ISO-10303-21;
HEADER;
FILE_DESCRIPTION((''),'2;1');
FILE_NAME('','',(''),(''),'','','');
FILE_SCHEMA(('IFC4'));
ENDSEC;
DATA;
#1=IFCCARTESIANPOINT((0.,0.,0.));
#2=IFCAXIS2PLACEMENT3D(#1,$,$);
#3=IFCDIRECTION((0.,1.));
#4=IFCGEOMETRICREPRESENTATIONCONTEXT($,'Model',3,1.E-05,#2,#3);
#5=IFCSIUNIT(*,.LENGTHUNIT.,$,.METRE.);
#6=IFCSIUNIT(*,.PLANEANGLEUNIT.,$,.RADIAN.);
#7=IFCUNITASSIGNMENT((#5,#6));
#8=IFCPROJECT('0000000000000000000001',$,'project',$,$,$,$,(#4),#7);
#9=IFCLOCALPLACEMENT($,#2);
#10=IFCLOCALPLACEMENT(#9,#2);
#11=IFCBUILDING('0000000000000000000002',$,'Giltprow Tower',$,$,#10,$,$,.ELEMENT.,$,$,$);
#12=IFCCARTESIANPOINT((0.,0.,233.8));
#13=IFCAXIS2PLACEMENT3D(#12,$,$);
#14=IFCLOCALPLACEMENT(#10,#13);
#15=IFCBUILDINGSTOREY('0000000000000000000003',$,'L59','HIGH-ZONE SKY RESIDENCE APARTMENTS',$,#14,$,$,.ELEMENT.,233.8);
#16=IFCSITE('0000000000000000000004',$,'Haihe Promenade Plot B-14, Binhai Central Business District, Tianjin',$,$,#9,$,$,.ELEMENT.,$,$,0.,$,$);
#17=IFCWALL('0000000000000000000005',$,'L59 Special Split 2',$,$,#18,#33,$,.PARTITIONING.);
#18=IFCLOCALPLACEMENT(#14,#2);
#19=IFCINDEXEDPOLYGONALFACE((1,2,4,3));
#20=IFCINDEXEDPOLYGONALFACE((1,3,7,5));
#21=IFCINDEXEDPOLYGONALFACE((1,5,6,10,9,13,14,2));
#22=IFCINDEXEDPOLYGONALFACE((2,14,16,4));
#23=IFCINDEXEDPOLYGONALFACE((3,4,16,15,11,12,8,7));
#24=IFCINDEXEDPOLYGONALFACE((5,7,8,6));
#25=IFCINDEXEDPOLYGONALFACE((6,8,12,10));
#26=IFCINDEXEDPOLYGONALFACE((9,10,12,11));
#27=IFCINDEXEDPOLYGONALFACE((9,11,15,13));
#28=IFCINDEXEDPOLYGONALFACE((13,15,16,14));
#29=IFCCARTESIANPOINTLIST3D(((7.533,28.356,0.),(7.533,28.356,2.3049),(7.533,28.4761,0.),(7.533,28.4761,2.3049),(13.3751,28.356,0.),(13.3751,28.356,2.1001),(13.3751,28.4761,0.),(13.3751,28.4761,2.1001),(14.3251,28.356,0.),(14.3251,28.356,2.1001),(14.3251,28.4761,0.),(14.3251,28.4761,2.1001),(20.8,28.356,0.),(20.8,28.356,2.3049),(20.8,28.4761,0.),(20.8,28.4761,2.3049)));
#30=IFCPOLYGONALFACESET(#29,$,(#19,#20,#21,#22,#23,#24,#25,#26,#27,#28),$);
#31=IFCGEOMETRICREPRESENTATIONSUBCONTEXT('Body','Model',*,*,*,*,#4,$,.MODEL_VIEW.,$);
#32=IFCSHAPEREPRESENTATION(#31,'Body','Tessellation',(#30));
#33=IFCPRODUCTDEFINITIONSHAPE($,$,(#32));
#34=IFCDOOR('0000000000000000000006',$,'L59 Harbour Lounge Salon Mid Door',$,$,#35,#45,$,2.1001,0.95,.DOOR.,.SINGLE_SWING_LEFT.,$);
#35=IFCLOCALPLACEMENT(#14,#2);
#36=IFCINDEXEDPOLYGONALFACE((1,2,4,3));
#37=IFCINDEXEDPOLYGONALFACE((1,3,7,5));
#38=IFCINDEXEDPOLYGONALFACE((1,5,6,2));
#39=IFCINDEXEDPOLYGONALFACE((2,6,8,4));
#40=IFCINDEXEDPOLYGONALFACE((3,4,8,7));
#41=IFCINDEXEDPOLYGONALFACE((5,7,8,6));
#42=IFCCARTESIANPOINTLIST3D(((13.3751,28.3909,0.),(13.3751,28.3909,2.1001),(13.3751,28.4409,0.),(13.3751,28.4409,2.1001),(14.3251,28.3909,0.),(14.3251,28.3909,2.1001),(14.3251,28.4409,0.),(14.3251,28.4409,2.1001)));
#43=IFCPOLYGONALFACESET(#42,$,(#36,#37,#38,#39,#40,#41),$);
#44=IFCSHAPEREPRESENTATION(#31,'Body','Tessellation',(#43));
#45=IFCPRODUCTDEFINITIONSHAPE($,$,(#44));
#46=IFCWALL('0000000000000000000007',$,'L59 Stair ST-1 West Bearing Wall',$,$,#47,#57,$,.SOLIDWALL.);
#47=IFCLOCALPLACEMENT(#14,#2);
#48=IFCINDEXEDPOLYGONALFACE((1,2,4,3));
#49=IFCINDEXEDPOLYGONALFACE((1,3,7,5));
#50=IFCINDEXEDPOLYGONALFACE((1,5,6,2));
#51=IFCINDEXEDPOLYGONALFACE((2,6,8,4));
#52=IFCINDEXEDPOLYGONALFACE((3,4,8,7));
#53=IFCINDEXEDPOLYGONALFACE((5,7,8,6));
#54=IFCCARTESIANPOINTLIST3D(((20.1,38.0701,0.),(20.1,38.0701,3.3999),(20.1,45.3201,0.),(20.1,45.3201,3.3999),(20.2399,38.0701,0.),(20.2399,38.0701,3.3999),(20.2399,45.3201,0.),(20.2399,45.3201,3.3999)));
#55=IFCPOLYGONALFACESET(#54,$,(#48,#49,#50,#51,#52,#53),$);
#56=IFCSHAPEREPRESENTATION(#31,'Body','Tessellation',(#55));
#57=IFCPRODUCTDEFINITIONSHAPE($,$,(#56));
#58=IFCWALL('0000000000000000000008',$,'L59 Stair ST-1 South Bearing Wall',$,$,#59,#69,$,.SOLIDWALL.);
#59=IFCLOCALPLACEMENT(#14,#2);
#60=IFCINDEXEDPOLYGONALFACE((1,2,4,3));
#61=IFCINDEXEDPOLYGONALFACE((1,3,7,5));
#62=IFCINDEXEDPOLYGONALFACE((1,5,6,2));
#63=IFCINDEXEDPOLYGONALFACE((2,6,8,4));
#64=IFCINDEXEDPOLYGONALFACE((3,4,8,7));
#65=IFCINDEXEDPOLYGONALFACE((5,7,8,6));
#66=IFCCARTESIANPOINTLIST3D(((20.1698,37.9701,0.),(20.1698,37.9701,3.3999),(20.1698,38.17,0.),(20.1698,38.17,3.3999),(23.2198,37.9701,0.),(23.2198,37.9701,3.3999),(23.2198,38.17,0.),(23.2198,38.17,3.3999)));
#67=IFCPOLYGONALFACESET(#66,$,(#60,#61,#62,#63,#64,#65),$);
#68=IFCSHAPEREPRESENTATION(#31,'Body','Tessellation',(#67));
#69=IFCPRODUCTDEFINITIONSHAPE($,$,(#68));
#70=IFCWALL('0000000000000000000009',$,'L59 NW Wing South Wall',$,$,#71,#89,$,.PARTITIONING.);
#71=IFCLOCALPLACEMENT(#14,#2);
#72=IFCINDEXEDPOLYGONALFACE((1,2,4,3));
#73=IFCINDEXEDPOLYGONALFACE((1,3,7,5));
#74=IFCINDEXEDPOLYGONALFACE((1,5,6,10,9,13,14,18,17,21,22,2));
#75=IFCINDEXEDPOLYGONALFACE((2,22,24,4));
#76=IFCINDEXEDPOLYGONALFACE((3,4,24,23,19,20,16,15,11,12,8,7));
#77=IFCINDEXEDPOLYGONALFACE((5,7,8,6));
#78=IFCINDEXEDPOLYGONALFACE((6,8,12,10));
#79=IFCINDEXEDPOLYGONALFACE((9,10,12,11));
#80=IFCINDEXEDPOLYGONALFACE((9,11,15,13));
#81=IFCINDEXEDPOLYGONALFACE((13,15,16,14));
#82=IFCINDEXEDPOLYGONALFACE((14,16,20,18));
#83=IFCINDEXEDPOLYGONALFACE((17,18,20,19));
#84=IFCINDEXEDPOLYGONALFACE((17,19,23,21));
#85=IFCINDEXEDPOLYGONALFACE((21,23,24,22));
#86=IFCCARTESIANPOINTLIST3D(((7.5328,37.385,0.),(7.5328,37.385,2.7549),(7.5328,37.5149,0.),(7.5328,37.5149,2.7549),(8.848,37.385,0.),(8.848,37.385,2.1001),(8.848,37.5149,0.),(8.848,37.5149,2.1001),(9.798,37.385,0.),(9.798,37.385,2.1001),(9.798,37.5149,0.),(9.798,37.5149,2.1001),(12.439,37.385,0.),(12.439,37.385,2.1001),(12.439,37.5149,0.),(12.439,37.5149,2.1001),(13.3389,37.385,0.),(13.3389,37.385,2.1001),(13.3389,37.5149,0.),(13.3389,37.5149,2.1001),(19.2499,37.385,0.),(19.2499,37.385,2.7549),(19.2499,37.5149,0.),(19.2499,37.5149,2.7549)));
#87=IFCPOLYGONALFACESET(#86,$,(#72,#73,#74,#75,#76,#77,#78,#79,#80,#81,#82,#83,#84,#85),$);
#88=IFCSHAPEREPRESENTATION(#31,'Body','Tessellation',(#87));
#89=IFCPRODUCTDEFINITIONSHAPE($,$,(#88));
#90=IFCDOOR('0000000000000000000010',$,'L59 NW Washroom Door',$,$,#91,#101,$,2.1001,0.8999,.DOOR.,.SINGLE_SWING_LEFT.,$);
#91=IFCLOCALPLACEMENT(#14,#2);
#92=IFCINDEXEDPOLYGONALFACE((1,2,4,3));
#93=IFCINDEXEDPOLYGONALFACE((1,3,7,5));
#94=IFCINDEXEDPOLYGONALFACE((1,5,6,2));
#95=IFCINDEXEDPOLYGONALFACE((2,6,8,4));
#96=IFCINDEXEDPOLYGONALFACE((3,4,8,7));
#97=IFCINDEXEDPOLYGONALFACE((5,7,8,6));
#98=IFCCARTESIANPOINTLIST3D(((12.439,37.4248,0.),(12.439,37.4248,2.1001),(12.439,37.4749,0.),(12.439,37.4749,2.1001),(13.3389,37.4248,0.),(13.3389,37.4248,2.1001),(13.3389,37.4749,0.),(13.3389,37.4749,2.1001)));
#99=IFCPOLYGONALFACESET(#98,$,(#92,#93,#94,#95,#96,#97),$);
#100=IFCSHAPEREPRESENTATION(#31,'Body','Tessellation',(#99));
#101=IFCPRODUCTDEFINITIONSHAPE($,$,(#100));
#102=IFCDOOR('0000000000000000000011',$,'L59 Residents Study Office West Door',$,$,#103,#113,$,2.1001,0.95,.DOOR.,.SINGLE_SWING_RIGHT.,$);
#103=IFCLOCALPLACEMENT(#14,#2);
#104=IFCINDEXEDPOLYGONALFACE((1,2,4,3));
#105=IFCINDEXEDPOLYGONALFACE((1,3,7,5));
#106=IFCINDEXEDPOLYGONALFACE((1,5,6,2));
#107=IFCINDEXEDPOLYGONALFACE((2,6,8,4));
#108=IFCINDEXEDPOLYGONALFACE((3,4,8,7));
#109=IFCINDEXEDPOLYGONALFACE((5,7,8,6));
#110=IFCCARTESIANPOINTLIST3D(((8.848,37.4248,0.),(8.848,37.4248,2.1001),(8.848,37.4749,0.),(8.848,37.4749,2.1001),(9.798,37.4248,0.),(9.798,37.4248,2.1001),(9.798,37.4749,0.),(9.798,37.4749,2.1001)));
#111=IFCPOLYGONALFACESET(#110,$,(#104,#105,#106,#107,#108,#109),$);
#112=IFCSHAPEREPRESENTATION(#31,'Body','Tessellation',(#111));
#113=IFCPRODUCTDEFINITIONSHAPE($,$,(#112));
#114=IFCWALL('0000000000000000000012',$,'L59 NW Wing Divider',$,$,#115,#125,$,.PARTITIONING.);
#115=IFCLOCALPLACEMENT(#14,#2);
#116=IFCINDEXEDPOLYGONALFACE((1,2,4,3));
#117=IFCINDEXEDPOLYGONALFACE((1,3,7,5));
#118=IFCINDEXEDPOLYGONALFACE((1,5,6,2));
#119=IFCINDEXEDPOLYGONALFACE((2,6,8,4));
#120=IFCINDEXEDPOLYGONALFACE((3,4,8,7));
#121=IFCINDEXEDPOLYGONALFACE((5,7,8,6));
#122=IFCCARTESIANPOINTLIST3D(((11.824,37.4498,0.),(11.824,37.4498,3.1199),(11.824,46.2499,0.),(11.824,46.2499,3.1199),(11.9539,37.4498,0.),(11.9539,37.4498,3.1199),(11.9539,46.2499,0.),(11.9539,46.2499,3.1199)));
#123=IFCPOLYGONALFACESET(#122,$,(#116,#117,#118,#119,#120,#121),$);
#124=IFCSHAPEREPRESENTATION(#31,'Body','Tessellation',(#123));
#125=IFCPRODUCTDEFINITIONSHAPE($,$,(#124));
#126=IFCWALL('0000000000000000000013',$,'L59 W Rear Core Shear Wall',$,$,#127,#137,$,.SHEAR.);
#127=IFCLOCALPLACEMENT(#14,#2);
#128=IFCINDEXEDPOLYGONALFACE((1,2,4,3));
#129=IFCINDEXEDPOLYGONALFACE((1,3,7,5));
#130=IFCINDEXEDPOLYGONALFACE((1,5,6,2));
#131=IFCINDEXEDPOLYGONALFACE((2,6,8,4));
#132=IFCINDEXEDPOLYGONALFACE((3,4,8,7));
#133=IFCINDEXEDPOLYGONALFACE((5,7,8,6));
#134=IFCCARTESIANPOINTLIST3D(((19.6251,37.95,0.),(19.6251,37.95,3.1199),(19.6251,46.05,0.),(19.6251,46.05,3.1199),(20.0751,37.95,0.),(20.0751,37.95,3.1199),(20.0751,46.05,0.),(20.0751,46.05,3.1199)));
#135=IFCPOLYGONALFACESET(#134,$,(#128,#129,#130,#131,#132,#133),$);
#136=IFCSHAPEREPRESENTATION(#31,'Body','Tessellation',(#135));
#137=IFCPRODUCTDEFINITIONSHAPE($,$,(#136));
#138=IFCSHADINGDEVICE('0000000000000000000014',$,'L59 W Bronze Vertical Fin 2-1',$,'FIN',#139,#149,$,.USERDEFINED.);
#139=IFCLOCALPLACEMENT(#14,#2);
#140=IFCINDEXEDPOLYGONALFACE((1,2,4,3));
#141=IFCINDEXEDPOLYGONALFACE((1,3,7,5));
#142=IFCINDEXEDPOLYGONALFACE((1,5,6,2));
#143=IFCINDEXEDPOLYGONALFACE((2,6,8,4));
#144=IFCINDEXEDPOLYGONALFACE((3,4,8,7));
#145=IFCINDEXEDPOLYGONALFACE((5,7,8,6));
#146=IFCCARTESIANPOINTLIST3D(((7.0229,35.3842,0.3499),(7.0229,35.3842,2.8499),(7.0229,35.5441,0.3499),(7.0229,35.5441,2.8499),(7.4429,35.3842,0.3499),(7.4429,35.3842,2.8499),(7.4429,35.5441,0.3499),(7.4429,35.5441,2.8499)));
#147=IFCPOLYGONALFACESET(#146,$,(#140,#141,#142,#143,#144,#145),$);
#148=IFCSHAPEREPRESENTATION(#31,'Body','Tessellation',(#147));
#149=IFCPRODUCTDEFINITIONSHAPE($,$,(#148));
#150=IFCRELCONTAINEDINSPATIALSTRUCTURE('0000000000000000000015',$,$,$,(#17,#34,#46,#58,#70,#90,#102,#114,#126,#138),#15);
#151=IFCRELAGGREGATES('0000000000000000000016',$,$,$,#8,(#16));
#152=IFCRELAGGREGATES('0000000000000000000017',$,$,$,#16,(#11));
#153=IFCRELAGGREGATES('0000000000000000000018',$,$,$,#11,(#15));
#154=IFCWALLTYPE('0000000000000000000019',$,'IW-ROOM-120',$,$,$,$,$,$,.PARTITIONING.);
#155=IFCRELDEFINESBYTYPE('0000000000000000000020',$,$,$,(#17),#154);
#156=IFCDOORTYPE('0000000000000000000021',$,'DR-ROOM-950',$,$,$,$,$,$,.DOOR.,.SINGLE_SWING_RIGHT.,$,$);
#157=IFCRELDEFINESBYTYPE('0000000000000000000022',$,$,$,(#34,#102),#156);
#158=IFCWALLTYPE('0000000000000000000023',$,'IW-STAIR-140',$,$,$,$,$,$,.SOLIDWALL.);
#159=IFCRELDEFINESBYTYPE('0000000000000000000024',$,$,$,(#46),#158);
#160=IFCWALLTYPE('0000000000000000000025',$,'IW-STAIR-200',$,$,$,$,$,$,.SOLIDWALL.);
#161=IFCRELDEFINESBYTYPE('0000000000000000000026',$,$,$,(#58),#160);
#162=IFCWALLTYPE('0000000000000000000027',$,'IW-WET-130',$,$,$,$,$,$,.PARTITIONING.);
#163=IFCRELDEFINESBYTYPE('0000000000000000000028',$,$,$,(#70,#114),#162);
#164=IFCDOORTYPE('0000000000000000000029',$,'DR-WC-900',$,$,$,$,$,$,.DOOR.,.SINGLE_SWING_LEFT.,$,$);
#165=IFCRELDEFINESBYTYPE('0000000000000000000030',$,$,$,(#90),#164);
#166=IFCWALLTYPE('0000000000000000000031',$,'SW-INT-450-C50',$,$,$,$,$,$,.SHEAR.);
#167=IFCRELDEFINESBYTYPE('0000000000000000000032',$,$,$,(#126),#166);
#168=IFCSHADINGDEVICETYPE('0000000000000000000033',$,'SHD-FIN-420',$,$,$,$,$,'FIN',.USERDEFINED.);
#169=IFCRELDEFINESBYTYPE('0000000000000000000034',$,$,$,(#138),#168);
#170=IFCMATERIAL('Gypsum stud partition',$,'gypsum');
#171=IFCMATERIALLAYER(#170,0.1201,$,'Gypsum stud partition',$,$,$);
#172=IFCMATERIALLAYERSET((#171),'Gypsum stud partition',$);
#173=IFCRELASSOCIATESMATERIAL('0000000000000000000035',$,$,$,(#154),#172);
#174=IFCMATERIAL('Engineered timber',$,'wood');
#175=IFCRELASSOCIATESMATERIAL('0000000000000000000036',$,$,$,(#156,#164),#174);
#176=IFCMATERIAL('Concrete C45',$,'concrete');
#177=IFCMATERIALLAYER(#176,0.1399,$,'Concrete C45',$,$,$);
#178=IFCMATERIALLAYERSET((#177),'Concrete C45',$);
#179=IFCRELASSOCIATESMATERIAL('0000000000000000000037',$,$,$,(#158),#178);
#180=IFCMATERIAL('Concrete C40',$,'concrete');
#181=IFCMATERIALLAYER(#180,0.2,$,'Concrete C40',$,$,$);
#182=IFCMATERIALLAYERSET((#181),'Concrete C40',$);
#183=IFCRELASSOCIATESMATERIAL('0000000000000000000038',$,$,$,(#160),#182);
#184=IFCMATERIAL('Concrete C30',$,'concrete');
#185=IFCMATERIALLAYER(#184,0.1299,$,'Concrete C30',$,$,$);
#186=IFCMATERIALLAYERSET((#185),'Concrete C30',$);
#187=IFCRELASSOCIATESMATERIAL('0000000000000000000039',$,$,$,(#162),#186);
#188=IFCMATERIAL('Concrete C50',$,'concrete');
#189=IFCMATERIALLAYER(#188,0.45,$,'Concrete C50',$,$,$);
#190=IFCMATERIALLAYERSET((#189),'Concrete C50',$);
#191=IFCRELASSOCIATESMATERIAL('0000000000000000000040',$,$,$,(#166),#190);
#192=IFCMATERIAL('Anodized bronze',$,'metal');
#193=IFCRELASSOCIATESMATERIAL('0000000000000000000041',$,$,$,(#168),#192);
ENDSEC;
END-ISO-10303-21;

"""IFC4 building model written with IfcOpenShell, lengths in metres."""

from ifc_helpers import new_model, si_unit, direction, frame, frame_2d, origin, origin_2d, place, context, subcontext, project, spatial, rectangle, extrude, source, transform, mapped, material, layer, layer_set, type_object, element, fill, save


model = new_model("IFC4")

# Units and contexts
model_context = context("Model", 3, precision=1e-05, world=origin(), true_north=direction((0.0, 1.0)))
body_context = subcontext(model_context, "Body", "Model", "MODEL_VIEW")
ifc_project = project(units=[si_unit("LENGTHUNIT", "METRE"), si_unit("PLANEANGLEUNIT", "RADIAN")], contexts=[model_context])

# Site, building, storey
site_placement = place(None, origin())
site = spatial("IfcSite", under=ifc_project, at=site_placement, Name="Haihe Promenade Plot B-14, Binhai Central Business District, Tianjin", CompositionType="ELEMENT", RefElevation=0.0)
building_placement = place(site_placement, origin())
building = spatial("IfcBuilding", under=site, at=building_placement, Name="Giltprow Tower", CompositionType="ELEMENT")
storey_placement = place(building_placement, frame((0.0, 0.0, 233.8)))
storey = spatial("IfcBuildingStorey", under=building, at=storey_placement, Name="L59", Description="HIGH-ZONE SKY RESIDENCE APARTMENTS", CompositionType="ELEMENT", Elevation=233.8)

# Shared definitions
ifc_material_1 = material(Name="Concrete C50", Category="concrete")

# Shared definitions
ifc_material_2 = material(Name="Gypsum stud partition", Category="gypsum")
ifc_material_3 = material(Name="Engineered timber", Category="wood")

# Wall, opening, door
ifc_layer_1 = layer(ifc_material_2, 0.1201, Name="Gypsum stud partition")
ifc_layer_set_1 = layer_set([ifc_layer_1], Name="Gypsum stud partition")
wall_type_1 = type_object("IfcWallType", Name="IW-ROOM-120", PredefinedType="PARTITIONING", material=ifc_layer_set_1)
wall_1_placement = place(storey_placement, frame((7.533, 28.416, 0.0), z_axis=(0.0, 0.0, 1.0), x_axis=(1.0, 0.0, 0.0)))
wall_1 = element("IfcWall", 1, at=wall_1_placement, inside=storey, type_object=wall_type_1, Name="L59 Special Split 2", PredefinedType="PARTITIONING", context=body_context, shape_type="SweptSolid", body=[
    extrude(rectangle(XDim=13.2671, YDim=0.1201, at=frame_2d((6.6335, 0.0))), origin(), (0.0, 0.0, 1.0), 2.3049),
])
opening_1_placement = place(wall_1_placement, frame((5.842, 0.0, 0.0)))
opening_1 = element("IfcOpeningElement", 2, at=opening_1_placement, cuts=wall_1, PredefinedType="OPENING", context=body_context, shape_type="SweptSolid", body=[
    extrude(rectangle(XDim=0.95, YDim=2.1001, at=frame_2d((0.4751, 1.05))), frame((0.0, 0.0701, 0.0), z_axis=(0.0, -1.0, 0.0), x_axis=(1.0, 0.0, 0.0)), (0.0, 0.0, 1.0), 0.1401),
])
door_type_1 = type_object("IfcDoorType", Name="DR-ROOM-950", OperationType="SINGLE_SWING_RIGHT", PredefinedType="DOOR", material=ifc_material_3)
shared_shape_1 = source(origin(), body_context, "Body", "SweptSolid", [
    extrude(rectangle(XDim=0.95, YDim=2.1001, at=frame_2d((0.4751, 1.05))), frame((0.0, 0.0249, 0.0), z_axis=(0.0, -1.0, 0.0), x_axis=(1.0, 0.0, 0.0)), (0.0, 0.0, 1.0), 0.05),
])
door_1_placement = place(opening_1_placement, origin())
door_1 = element("IfcDoor", 3, at=door_1_placement, inside=storey, type_object=door_type_1, Name="L59 Harbour Lounge Salon Mid Door", OperationType="SINGLE_SWING_LEFT", OverallHeight=2.1001, OverallWidth=0.95, PredefinedType="DOOR", context=body_context, shape_type="MappedRepresentation", body=[
    mapped(shared_shape_1, transform((0.0, 0.0, 0.0), x_axis=(1.0, 0.0, 0.0), y_axis=(0.0, 1.0, 0.0), z_axis=(0.0, 0.0, 1.0), scale=1.0)),
])
fill(opening_1, door_1)

# Walls
ifc_material_4 = material(Name="Concrete C45", Category="concrete")
ifc_layer_2 = layer(ifc_material_4, 0.1399, Name="Concrete C45")
ifc_layer_set_2 = layer_set([ifc_layer_2], Name="Concrete C45")
wall_type_2 = type_object("IfcWallType", Name="IW-STAIR-140", PredefinedType="SOLIDWALL", material=ifc_layer_set_2)
wall_2_placement = place(storey_placement, frame((20.1699, 38.0701, 0.0), z_axis=(0.0, 0.0, 1.0), x_axis=(0.0, 1.0, 0.0)))
element("IfcWall", 4, at=wall_2_placement, inside=storey, type_object=wall_type_2, Name="L59 Stair ST-1 West Bearing Wall", PredefinedType="SOLIDWALL", context=body_context, shape_type="SweptSolid", body=[
    extrude(rectangle(XDim=7.25, YDim=0.1399, at=frame_2d((3.625, 0.0))), origin(), (0.0, 0.0, 1.0), 3.3999),
])
ifc_material_5 = material(Name="Concrete C40", Category="concrete")
ifc_layer_3 = layer(ifc_material_5, 0.2, Name="Concrete C40")
ifc_layer_set_3 = layer_set([ifc_layer_3], Name="Concrete C40")
wall_type_3 = type_object("IfcWallType", Name="IW-STAIR-200", PredefinedType="SOLIDWALL", material=ifc_layer_set_3)
wall_3_placement = place(storey_placement, frame((20.1699, 38.0701, 0.0), z_axis=(0.0, 0.0, 1.0), x_axis=(1.0, 0.0, 0.0)))
element("IfcWall", 5, at=wall_3_placement, inside=storey, type_object=wall_type_3, Name="L59 Stair ST-1 South Bearing Wall", PredefinedType="SOLIDWALL", context=body_context, shape_type="SweptSolid", body=[
    extrude(rectangle(XDim=3.05, YDim=0.2, at=frame_2d((1.5249, 0.0))), origin(), (0.0, 0.0, 1.0), 3.3999),
])

# Wall, openings, doors
ifc_material_6 = material(Name="Concrete C30", Category="concrete")
ifc_layer_4 = layer(ifc_material_6, 0.1299, Name="Concrete C30")
ifc_layer_set_4 = layer_set([ifc_layer_4], Name="Concrete C30")
wall_type_4 = type_object("IfcWallType", Name="IW-WET-130", PredefinedType="PARTITIONING", material=ifc_layer_set_4)
wall_4_placement = place(storey_placement, frame((7.533, 37.45, 0.0), z_axis=(0.0, 0.0, 1.0), x_axis=(1.0, 0.0, 0.0)))
wall_4 = element("IfcWall", 6, at=wall_4_placement, inside=storey, type_object=wall_type_4, Name="L59 NW Wing South Wall", PredefinedType="PARTITIONING", context=body_context, shape_type="SweptSolid", body=[
    extrude(rectangle(XDim=11.717, YDim=0.1299, at=frame_2d((5.8584, 0.0))), origin(), (0.0, 0.0, 1.0), 2.7549),
])
opening_2_placement = place(wall_4_placement, frame((1.3149, 0.0, 0.0)))
opening_2 = element("IfcOpeningElement", 7, at=opening_2_placement, cuts=wall_4, PredefinedType="OPENING", context=body_context, shape_type="SweptSolid", body=[
    extrude(rectangle(XDim=0.95, YDim=2.1001, at=frame_2d((0.4751, 1.05))), frame((0.0, 0.075, 0.0), z_axis=(0.0, -1.0, 0.0), x_axis=(1.0, 0.0, 0.0)), (0.0, 0.0, 1.0), 0.1499),
])
opening_3_placement = place(wall_4_placement, frame((4.906, 0.0, 0.0)))
opening_3 = element("IfcOpeningElement", 8, at=opening_3_placement, cuts=wall_4, PredefinedType="OPENING", context=body_context, shape_type="SweptSolid", body=[
    extrude(rectangle(XDim=0.8999, YDim=2.1001, at=frame_2d((0.45, 1.05))), frame((0.0, 0.075, 0.0), z_axis=(0.0, -1.0, 0.0), x_axis=(1.0, 0.0, 0.0)), (0.0, 0.0, 1.0), 0.1499),
])
door_type_2 = type_object("IfcDoorType", Name="DR-WC-900", OperationType="SINGLE_SWING_LEFT", PredefinedType="DOOR", material=ifc_material_3)
shared_shape_2 = source(origin(), body_context, "Body", "SweptSolid", [
    extrude(rectangle(XDim=0.8999, YDim=2.1001, at=frame_2d((0.45, 1.05))), frame((0.0, 0.0249, 0.0), z_axis=(0.0, -1.0, 0.0), x_axis=(1.0, 0.0, 0.0)), (0.0, 0.0, 1.0), 0.05),
])
door_2_placement = place(opening_3_placement, origin())
door_2 = element("IfcDoor", 9, at=door_2_placement, inside=storey, type_object=door_type_2, Name="L59 NW Washroom Door", OperationType="SINGLE_SWING_LEFT", OverallHeight=2.1001, OverallWidth=0.8999, PredefinedType="DOOR", context=body_context, shape_type="MappedRepresentation", body=[
    mapped(shared_shape_2, transform((0.0, 0.0, 0.0), x_axis=(1.0, 0.0, 0.0), y_axis=(0.0, 1.0, 0.0), z_axis=(0.0, 0.0, 1.0), scale=1.0)),
])
fill(opening_3, door_2)
door_3_placement = place(opening_2_placement, origin())
door_3 = element("IfcDoor", 10, at=door_3_placement, inside=storey, type_object=door_type_1, Name="L59 Residents Study Office West Door", OperationType="SINGLE_SWING_RIGHT", OverallHeight=2.1001, OverallWidth=0.95, PredefinedType="DOOR", context=body_context, shape_type="MappedRepresentation", body=[
    mapped(shared_shape_1, transform((0.0, 0.0, 0.0), x_axis=(1.0, 0.0, 0.0), y_axis=(0.0, 1.0, 0.0), z_axis=(0.0, 0.0, 1.0), scale=1.0)),
])
fill(opening_2, door_3)

# Walls
wall_5_placement = place(storey_placement, frame((11.8889, 37.45, 0.0), z_axis=(0.0, 0.0, 1.0), x_axis=(0.0, 1.0, 0.0)))
element("IfcWall", 11, at=wall_5_placement, inside=storey, type_object=wall_type_4, Name="L59 NW Wing Divider", PredefinedType="PARTITIONING", context=body_context, shape_type="SweptSolid", body=[
    extrude(rectangle(XDim=8.8, YDim=0.1299, at=frame_2d((4.3999, 0.0))), origin(), (0.0, 0.0, 1.0), 3.1199),
])
ifc_layer_5 = layer(ifc_material_1, 0.45, Name="Concrete C50")
ifc_layer_set_5 = layer_set([ifc_layer_5], Name="Concrete C50")
wall_type_5 = type_object("IfcWallType", Name="SW-INT-450-C50", PredefinedType="SHEAR", material=ifc_layer_set_5)
wall_6_placement = place(storey_placement, frame((19.8501, 37.95, 0.0), z_axis=(0.0, 0.0, 1.0), x_axis=(0.0, 1.0, 0.0)))
element("IfcWall", 12, at=wall_6_placement, inside=storey, type_object=wall_type_5, Name="L59 W Rear Core Shear Wall", PredefinedType="SHEAR", context=body_context, shape_type="SweptSolid", body=[
    extrude(rectangle(XDim=8.1001, YDim=0.45, at=frame_2d((4.05, 0.0))), origin(), (0.0, 0.0, 1.0), 3.1199),
])

# Shading device
ifc_material_7 = material(Name="Anodized bronze", Category="metal")
shading_device_type = type_object("IfcShadingDeviceType", Name="SHD-FIN-420", ElementType="FIN", PredefinedType="USERDEFINED", material=ifc_material_7)
shared_shape_3 = source(origin(), body_context, "Body", "SweptSolid", [
    extrude(rectangle(XDim=0.4199, YDim=0.1599, at=origin_2d()), origin(), (0.0, 0.0, 1.0), 2.5),
])
shading_device_placement = place(storey_placement, frame((7.2329, 35.4641, 0.3499), z_axis=(0.0, 0.0, 1.0), x_axis=(1.0, 0.0, 0.0)))
element("IfcShadingDevice", 13, at=shading_device_placement, inside=storey, type_object=shading_device_type, Name="L59 W Bronze Vertical Fin 2-1", ObjectType="FIN", PredefinedType="USERDEFINED", context=body_context, shape_type="MappedRepresentation", body=[
    mapped(shared_shape_3, transform((0.0, 0.0, 0.0), x_axis=(1.0, 0.0, 0.0), y_axis=(0.0, 1.0, 0.0), z_axis=(0.0, 0.0, 1.0), scale=1.0)),
])

save(model, "model.ifc")
